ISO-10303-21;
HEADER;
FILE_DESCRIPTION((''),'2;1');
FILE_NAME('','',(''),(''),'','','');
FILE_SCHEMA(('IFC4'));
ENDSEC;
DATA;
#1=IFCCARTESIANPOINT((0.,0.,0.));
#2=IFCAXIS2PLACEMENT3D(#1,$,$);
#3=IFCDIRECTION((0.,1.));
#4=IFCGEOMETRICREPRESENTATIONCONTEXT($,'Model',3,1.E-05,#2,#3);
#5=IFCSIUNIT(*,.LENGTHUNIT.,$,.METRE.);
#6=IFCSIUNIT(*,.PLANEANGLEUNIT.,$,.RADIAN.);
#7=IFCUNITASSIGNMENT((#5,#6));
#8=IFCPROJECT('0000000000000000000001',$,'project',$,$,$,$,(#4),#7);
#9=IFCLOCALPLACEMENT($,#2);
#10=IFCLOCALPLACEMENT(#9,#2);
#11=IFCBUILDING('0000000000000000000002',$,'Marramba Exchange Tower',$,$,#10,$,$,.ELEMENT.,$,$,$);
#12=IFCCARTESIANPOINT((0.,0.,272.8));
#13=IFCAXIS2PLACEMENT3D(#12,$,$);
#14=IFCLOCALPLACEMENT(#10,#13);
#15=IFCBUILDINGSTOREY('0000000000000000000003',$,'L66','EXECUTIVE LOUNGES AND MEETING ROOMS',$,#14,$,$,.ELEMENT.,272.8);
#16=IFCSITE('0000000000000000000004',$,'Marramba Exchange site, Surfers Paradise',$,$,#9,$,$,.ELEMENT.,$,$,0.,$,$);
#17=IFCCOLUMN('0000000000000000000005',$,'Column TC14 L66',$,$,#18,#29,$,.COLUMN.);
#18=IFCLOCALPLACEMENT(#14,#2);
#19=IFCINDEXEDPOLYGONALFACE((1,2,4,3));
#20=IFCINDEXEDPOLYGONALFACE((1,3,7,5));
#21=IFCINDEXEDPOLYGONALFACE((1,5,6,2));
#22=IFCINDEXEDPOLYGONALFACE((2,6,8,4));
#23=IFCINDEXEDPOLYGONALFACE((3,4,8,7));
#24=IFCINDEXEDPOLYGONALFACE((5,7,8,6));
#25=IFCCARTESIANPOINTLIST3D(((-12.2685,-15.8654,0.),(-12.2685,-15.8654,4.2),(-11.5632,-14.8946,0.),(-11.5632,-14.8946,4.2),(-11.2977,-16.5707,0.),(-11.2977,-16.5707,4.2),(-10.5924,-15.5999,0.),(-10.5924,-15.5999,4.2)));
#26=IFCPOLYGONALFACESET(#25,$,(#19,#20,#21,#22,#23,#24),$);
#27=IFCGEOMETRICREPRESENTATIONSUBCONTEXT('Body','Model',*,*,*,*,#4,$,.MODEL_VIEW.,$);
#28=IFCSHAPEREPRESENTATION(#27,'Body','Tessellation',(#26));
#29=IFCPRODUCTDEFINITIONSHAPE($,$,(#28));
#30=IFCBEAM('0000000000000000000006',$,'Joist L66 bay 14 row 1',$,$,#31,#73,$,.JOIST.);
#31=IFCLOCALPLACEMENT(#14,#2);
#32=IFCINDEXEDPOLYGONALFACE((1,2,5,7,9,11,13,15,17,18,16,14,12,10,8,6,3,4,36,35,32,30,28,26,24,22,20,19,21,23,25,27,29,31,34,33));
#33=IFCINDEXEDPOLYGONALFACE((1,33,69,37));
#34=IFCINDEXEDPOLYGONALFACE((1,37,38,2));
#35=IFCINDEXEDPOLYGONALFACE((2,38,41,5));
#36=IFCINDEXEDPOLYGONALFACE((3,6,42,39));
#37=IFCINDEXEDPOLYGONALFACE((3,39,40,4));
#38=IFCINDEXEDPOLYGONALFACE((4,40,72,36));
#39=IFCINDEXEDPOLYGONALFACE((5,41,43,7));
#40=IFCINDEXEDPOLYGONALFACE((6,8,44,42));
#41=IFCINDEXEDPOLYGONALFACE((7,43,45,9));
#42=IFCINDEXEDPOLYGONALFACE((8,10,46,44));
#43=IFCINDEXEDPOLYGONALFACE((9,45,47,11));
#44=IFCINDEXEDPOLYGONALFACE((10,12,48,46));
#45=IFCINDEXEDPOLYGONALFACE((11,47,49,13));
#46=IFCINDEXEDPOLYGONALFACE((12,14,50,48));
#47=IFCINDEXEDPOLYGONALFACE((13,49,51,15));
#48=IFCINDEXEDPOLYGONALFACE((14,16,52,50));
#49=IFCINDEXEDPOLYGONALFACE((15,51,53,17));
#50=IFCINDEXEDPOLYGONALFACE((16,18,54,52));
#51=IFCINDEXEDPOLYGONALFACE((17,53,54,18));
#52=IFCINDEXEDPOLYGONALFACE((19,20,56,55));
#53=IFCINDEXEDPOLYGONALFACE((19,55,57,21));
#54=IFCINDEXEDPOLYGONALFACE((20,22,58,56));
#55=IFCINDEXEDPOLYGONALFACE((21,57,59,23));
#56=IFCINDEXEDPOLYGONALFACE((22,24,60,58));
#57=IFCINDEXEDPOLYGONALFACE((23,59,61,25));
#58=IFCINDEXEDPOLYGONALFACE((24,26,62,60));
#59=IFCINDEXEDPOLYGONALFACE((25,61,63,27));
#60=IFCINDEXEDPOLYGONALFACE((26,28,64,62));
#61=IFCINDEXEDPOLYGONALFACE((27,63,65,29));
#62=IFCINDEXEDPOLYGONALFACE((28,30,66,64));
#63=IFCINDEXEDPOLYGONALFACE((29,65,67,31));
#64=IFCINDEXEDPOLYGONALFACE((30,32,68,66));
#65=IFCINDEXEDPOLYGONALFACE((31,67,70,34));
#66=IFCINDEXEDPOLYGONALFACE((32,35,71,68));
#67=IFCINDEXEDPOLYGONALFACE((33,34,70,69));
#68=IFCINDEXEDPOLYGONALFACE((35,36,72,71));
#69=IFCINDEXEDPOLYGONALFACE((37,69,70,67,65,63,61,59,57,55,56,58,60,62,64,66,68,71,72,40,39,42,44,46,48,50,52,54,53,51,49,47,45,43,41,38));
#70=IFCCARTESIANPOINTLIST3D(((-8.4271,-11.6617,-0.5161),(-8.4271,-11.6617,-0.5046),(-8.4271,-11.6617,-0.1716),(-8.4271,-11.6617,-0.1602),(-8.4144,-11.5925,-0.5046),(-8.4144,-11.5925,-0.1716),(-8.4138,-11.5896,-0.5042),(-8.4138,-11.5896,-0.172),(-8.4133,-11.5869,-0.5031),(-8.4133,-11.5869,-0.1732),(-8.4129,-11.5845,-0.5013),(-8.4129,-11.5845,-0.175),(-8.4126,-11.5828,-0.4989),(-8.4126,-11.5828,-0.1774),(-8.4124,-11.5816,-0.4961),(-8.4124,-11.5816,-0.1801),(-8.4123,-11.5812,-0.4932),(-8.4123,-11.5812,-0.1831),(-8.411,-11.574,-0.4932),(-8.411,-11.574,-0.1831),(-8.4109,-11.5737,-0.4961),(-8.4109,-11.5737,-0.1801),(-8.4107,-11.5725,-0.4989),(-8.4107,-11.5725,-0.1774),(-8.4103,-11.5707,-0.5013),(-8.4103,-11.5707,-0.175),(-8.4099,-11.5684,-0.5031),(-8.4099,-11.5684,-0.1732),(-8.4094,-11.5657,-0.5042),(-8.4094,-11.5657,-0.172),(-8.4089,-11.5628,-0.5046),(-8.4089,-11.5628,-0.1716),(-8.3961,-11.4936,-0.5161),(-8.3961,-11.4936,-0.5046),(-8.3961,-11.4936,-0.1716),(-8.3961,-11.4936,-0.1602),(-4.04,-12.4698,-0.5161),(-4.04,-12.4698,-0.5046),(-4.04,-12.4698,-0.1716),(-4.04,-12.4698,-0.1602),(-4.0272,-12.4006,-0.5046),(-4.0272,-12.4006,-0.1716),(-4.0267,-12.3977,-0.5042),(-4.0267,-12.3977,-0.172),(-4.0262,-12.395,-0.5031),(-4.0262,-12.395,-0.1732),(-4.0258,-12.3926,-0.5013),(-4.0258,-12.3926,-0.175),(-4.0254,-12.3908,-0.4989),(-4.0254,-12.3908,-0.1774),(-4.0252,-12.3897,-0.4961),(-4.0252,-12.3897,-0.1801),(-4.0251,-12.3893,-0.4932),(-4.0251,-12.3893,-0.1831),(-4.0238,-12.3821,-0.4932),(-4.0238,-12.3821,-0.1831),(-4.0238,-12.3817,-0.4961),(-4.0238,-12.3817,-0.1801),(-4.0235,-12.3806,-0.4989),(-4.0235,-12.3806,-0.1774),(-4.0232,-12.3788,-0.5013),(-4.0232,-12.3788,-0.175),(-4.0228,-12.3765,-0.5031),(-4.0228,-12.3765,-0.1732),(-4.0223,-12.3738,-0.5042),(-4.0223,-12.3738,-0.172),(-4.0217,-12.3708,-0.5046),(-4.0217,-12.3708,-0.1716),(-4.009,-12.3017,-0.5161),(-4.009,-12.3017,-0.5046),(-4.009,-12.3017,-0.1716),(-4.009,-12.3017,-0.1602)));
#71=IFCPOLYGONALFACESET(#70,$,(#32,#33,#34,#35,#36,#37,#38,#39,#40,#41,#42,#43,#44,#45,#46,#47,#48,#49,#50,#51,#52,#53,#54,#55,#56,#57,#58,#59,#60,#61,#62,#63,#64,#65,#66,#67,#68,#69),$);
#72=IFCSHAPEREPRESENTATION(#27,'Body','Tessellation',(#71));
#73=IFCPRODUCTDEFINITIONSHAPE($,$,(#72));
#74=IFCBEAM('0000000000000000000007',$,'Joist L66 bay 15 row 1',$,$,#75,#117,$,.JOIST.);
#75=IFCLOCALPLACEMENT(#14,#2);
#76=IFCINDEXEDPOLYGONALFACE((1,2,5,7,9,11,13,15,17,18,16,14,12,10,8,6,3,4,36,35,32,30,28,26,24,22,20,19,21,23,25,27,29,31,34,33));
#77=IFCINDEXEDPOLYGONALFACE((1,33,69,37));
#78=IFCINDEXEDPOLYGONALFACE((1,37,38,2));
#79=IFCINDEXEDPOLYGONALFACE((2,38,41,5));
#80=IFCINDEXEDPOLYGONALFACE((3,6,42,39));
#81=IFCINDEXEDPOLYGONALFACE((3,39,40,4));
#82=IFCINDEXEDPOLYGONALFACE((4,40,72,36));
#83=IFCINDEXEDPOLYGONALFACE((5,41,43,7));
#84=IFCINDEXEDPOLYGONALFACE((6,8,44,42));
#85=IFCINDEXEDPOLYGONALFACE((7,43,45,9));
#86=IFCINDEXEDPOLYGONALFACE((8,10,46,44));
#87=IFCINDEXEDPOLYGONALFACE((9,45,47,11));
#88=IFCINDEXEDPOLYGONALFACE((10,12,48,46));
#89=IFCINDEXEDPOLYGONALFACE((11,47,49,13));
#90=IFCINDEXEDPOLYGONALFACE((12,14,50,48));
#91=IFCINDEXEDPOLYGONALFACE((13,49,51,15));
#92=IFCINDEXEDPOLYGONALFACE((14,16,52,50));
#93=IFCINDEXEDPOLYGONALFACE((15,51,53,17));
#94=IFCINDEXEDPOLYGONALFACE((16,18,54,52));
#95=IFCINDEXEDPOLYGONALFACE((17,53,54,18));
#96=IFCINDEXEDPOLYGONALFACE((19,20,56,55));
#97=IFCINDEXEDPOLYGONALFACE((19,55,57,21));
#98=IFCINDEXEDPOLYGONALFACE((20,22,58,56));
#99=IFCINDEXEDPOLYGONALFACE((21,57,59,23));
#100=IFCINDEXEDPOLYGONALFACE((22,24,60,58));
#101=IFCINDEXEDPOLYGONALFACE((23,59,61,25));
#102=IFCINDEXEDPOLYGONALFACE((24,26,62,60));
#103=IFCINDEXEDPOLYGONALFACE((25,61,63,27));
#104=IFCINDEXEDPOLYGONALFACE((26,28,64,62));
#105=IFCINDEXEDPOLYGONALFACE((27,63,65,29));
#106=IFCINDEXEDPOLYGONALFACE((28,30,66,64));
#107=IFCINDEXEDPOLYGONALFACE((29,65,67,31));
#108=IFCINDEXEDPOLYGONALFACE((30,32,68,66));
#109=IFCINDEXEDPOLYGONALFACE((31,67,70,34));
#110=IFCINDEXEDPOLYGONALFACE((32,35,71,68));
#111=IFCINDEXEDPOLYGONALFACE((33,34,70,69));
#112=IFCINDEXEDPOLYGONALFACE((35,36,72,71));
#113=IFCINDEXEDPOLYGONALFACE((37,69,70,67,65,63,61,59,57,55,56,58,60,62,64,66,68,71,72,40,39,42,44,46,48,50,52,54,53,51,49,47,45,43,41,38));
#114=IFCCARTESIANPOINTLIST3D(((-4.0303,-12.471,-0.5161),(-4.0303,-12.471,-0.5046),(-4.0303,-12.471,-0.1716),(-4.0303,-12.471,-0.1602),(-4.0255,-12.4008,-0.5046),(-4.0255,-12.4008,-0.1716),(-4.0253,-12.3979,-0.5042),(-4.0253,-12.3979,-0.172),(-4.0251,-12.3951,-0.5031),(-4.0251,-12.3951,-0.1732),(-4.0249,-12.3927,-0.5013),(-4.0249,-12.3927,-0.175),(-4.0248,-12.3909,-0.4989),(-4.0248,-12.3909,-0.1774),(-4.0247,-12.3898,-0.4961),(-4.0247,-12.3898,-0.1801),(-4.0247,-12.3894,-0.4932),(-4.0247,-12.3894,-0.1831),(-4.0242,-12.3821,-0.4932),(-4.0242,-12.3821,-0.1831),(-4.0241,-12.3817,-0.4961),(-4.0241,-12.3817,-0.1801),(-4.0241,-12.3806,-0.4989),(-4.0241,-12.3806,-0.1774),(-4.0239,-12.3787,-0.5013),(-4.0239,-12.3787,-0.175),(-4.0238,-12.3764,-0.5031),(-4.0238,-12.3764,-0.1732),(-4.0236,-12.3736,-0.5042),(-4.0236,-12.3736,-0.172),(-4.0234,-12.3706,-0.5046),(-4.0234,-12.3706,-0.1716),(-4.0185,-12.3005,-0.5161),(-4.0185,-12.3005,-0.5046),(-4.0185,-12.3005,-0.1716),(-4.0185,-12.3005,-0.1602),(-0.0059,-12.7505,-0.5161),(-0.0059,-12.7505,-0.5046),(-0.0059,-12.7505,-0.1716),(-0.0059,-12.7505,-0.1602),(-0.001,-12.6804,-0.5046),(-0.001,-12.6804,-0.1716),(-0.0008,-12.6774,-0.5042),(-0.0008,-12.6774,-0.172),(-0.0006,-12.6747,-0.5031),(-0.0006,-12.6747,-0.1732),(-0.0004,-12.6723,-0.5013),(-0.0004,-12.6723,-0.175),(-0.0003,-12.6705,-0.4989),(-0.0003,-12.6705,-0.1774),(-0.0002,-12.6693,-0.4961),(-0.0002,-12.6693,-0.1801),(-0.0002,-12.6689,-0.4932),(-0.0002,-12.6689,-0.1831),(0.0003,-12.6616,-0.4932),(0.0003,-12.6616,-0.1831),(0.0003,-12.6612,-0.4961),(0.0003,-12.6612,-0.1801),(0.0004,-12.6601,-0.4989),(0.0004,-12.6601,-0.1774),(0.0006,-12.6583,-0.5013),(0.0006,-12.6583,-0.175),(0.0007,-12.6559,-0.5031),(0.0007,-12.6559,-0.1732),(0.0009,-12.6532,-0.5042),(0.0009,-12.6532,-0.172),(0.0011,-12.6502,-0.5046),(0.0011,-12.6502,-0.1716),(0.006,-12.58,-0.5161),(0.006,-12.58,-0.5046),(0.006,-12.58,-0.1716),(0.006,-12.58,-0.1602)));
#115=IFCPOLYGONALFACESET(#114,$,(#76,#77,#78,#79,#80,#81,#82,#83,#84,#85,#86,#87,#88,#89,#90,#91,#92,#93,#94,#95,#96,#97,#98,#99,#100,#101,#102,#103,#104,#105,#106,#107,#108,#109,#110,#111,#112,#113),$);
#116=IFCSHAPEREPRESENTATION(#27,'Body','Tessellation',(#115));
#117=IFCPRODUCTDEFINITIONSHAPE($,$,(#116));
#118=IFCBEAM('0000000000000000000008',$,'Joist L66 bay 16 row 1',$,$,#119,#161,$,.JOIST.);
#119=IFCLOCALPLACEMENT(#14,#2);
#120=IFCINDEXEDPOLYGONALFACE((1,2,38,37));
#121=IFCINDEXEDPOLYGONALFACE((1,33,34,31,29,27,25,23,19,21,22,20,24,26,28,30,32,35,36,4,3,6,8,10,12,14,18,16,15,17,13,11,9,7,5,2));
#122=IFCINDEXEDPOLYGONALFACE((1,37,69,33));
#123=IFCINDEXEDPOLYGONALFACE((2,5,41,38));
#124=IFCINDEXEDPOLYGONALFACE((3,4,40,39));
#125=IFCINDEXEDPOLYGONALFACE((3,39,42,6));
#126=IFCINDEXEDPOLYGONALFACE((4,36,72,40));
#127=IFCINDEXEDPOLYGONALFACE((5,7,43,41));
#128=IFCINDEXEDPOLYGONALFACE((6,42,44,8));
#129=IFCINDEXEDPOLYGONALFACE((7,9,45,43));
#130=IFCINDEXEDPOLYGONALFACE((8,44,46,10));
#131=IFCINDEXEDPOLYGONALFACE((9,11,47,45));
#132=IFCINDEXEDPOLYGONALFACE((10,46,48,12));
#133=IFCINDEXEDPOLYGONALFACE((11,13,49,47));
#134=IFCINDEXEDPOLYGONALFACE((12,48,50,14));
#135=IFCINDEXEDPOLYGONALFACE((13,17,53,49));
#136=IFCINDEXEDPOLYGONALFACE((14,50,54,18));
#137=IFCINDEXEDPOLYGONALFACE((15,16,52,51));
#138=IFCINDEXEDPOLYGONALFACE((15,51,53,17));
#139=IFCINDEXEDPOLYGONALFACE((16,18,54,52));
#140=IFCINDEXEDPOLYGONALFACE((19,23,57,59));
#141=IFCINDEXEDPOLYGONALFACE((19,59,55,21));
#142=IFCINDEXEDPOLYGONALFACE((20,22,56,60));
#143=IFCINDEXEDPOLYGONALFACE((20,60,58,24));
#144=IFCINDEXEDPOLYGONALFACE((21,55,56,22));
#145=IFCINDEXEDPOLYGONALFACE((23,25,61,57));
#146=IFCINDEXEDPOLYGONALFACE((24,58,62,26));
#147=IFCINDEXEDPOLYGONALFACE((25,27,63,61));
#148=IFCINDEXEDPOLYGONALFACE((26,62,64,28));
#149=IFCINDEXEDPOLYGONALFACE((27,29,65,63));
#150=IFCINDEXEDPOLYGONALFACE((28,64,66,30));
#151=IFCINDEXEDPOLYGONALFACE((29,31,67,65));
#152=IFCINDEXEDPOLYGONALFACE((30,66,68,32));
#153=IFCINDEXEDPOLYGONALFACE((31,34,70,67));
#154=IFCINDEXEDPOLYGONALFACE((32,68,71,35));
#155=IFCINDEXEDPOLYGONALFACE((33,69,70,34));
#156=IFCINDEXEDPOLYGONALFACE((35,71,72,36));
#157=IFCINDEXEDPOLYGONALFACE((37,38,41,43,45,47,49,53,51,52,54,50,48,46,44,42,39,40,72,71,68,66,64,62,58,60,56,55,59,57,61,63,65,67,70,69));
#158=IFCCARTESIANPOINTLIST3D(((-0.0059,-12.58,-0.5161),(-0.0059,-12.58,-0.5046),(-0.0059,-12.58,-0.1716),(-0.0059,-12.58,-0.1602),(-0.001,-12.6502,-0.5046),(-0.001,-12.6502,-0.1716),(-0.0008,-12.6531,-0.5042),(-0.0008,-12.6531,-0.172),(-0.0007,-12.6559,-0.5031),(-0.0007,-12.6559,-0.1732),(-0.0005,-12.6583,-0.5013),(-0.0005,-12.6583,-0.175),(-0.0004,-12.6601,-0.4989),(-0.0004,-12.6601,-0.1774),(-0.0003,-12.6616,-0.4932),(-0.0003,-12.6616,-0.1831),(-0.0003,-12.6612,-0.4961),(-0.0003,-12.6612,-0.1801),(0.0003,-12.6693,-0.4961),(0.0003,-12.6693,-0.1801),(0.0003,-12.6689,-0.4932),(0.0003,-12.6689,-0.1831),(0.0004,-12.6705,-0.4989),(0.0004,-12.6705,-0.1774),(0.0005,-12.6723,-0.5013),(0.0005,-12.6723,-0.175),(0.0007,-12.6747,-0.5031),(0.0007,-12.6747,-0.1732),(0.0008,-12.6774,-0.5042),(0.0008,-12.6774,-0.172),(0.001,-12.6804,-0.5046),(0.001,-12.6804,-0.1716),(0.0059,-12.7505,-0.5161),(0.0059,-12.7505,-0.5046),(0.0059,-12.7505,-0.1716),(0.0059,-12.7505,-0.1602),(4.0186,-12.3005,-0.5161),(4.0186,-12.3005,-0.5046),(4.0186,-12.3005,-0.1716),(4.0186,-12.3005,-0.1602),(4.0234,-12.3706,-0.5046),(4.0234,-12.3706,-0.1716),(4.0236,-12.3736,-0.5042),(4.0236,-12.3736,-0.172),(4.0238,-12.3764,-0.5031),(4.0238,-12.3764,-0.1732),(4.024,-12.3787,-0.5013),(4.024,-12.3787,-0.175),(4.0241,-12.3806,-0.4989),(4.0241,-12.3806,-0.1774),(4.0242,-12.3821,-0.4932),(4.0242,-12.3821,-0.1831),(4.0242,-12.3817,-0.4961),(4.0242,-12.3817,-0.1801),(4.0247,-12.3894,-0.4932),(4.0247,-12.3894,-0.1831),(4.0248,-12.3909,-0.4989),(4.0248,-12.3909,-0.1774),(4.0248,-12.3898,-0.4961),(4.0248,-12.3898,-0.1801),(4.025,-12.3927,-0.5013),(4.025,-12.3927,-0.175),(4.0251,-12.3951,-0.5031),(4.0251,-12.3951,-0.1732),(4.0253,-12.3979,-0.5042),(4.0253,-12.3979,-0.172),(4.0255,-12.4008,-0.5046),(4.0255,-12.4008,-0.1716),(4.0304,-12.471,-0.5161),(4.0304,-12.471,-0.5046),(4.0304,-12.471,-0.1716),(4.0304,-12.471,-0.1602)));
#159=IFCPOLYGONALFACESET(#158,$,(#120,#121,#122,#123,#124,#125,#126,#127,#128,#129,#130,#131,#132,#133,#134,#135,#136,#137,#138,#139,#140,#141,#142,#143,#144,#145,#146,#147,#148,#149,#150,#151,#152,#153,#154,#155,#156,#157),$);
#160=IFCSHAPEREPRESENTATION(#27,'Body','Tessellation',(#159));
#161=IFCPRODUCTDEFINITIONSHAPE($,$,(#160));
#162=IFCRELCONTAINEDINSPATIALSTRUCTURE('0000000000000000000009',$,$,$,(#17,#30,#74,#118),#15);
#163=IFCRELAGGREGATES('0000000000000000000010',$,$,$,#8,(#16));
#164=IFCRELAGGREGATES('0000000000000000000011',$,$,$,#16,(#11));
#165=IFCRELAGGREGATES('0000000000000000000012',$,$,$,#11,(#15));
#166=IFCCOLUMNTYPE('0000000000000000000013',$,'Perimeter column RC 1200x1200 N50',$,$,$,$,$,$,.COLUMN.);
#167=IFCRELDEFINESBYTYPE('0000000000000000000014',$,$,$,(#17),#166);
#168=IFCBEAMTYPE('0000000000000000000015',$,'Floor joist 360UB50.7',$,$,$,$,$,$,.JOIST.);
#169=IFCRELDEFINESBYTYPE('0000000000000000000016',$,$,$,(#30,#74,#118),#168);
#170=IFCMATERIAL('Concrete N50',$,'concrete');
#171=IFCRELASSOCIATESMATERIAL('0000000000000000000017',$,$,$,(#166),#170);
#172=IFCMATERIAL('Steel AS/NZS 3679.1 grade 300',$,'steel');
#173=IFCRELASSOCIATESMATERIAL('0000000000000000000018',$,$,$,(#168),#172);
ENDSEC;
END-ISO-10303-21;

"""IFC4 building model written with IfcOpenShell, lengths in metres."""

from ifc_helpers import new_model, si_unit, direction, frame, origin, origin_2d, place, context, subcontext, project, spatial, rectangle, i_section, extrude, material, material_profile, profile_set, type_object, element, save


model = new_model("IFC4")

# Units and contexts
model_context = context("Model", 3, precision=1e-05, world=origin(), true_north=direction((0.0, 1.0)))
body_context = subcontext(model_context, "Body", "Model", "MODEL_VIEW")
ifc_project = project(units=[si_unit("LENGTHUNIT", "METRE"), si_unit("PLANEANGLEUNIT", "RADIAN")], contexts=[model_context])

# Site, building, storey
site_placement = place(None, origin())
site = spatial("IfcSite", under=ifc_project, at=site_placement, Name="Marramba Exchange site, Surfers Paradise", CompositionType="ELEMENT", RefElevation=0.0)
building_placement = place(site_placement, origin())
building = spatial("IfcBuilding", under=site, at=building_placement, Name="Marramba Exchange Tower", CompositionType="ELEMENT")
storey_placement = place(building_placement, frame((0.0, 0.0, 272.8)))
storey = spatial("IfcBuildingStorey", under=building, at=storey_placement, Name="L66", Description="EXECUTIVE LOUNGES AND MEETING ROOMS", CompositionType="ELEMENT", Elevation=272.8)

# Column
ifc_material_1 = material(Name="Concrete N50", Category="concrete")
ifc_material_profile_1 = material_profile(ifc_material_1, rectangle(XDim=1.2, YDim=1.2, at=origin_2d()), Name="RC 1200x1200")
ifc_profile_set_1 = profile_set([ifc_material_profile_1], Name="Concrete N50")
column_type = type_object("IfcColumnType", Name="Perimeter column RC 1200x1200 N50", PredefinedType="COLUMN", material=ifc_profile_set_1)
column_placement = place(storey_placement, frame((-11.4304, -15.7327, 0.0), z_axis=(0.0, 0.0, 1.0), x_axis=(-0.587785, -0.809017, 0.0)))
element("IfcColumn", 1, at=column_placement, inside=storey, type_object=column_type, Name="Column TC14 L66", PredefinedType="COLUMN", context=body_context, shape_type="SweptSolid", body=[
    extrude(rectangle(XDim=1.2, YDim=1.2, at=origin_2d()), origin(), (0.0, 0.0, 1.0), 4.2),
])

# Beams
ifc_material_2 = material(Name="Steel AS/NZS 3679.1 grade 300", Category="steel")
ifc_material_profile_2 = material_profile(ifc_material_2, i_section(OverallWidth=0.1709, OverallDepth=0.356, WebThickness=0.0073, FlangeThickness=0.0115, FilletRadius=0.0115, at=origin_2d()), Name="360UB50.7")
ifc_profile_set_2 = profile_set([ifc_material_profile_2], Name="Steel AS/NZS 3679.1 grade 300")
beam_type_1 = type_object("IfcBeamType", Name="Floor joist 360UB50.7", PredefinedType="JOIST", material=ifc_profile_set_2)
beam_1_placement = place(storey_placement, frame((-8.4116, -11.5776, -0.3381), z_axis=(0.983456, -0.181149, 0.0), x_axis=(0.181149, 0.983456, 0.0)))
element("IfcBeam", 2, at=beam_1_placement, inside=storey, type_object=beam_type_1, Name="Joist L66 bay 14 row 1", PredefinedType="JOIST", context=body_context, shape_type="SweptSolid", body=[
    extrude(i_section(OverallWidth=0.1709, OverallDepth=0.356, WebThickness=0.0073, FlangeThickness=0.0115, FilletRadius=0.0115, at=origin_2d()), origin(), (0.0, 0.0, 1.0), 4.4609),
])
for number, where, z_axis, x_axis, name in (
    (3, (-4.0244, -12.3857, -0.3381), (0.997596, -0.069294, 0.0), (0.069294, 0.997596, 0.0), "Joist L66 bay 15 row 1"),
    (4, (0.0, -12.6653, -0.3381), (0.997596, 0.069294, 0.0), (-0.069294, 0.997596, 0.0), "Joist L66 bay 16 row 1"),
):
    element("IfcBeam", number, at=place(storey_placement, frame(where, z_axis=z_axis, x_axis=x_axis)), inside=storey, type_object=beam_type_1, Name=name, PredefinedType="JOIST", context=body_context, shape_type="SweptSolid", body=[
        extrude(i_section(OverallWidth=0.1709, OverallDepth=0.356, WebThickness=0.0073, FlangeThickness=0.0115, FilletRadius=0.0115, at=origin_2d()), origin(), (0.0, 0.0, 1.0), 4.0342),
    ])

save(model, "model.ifc")
